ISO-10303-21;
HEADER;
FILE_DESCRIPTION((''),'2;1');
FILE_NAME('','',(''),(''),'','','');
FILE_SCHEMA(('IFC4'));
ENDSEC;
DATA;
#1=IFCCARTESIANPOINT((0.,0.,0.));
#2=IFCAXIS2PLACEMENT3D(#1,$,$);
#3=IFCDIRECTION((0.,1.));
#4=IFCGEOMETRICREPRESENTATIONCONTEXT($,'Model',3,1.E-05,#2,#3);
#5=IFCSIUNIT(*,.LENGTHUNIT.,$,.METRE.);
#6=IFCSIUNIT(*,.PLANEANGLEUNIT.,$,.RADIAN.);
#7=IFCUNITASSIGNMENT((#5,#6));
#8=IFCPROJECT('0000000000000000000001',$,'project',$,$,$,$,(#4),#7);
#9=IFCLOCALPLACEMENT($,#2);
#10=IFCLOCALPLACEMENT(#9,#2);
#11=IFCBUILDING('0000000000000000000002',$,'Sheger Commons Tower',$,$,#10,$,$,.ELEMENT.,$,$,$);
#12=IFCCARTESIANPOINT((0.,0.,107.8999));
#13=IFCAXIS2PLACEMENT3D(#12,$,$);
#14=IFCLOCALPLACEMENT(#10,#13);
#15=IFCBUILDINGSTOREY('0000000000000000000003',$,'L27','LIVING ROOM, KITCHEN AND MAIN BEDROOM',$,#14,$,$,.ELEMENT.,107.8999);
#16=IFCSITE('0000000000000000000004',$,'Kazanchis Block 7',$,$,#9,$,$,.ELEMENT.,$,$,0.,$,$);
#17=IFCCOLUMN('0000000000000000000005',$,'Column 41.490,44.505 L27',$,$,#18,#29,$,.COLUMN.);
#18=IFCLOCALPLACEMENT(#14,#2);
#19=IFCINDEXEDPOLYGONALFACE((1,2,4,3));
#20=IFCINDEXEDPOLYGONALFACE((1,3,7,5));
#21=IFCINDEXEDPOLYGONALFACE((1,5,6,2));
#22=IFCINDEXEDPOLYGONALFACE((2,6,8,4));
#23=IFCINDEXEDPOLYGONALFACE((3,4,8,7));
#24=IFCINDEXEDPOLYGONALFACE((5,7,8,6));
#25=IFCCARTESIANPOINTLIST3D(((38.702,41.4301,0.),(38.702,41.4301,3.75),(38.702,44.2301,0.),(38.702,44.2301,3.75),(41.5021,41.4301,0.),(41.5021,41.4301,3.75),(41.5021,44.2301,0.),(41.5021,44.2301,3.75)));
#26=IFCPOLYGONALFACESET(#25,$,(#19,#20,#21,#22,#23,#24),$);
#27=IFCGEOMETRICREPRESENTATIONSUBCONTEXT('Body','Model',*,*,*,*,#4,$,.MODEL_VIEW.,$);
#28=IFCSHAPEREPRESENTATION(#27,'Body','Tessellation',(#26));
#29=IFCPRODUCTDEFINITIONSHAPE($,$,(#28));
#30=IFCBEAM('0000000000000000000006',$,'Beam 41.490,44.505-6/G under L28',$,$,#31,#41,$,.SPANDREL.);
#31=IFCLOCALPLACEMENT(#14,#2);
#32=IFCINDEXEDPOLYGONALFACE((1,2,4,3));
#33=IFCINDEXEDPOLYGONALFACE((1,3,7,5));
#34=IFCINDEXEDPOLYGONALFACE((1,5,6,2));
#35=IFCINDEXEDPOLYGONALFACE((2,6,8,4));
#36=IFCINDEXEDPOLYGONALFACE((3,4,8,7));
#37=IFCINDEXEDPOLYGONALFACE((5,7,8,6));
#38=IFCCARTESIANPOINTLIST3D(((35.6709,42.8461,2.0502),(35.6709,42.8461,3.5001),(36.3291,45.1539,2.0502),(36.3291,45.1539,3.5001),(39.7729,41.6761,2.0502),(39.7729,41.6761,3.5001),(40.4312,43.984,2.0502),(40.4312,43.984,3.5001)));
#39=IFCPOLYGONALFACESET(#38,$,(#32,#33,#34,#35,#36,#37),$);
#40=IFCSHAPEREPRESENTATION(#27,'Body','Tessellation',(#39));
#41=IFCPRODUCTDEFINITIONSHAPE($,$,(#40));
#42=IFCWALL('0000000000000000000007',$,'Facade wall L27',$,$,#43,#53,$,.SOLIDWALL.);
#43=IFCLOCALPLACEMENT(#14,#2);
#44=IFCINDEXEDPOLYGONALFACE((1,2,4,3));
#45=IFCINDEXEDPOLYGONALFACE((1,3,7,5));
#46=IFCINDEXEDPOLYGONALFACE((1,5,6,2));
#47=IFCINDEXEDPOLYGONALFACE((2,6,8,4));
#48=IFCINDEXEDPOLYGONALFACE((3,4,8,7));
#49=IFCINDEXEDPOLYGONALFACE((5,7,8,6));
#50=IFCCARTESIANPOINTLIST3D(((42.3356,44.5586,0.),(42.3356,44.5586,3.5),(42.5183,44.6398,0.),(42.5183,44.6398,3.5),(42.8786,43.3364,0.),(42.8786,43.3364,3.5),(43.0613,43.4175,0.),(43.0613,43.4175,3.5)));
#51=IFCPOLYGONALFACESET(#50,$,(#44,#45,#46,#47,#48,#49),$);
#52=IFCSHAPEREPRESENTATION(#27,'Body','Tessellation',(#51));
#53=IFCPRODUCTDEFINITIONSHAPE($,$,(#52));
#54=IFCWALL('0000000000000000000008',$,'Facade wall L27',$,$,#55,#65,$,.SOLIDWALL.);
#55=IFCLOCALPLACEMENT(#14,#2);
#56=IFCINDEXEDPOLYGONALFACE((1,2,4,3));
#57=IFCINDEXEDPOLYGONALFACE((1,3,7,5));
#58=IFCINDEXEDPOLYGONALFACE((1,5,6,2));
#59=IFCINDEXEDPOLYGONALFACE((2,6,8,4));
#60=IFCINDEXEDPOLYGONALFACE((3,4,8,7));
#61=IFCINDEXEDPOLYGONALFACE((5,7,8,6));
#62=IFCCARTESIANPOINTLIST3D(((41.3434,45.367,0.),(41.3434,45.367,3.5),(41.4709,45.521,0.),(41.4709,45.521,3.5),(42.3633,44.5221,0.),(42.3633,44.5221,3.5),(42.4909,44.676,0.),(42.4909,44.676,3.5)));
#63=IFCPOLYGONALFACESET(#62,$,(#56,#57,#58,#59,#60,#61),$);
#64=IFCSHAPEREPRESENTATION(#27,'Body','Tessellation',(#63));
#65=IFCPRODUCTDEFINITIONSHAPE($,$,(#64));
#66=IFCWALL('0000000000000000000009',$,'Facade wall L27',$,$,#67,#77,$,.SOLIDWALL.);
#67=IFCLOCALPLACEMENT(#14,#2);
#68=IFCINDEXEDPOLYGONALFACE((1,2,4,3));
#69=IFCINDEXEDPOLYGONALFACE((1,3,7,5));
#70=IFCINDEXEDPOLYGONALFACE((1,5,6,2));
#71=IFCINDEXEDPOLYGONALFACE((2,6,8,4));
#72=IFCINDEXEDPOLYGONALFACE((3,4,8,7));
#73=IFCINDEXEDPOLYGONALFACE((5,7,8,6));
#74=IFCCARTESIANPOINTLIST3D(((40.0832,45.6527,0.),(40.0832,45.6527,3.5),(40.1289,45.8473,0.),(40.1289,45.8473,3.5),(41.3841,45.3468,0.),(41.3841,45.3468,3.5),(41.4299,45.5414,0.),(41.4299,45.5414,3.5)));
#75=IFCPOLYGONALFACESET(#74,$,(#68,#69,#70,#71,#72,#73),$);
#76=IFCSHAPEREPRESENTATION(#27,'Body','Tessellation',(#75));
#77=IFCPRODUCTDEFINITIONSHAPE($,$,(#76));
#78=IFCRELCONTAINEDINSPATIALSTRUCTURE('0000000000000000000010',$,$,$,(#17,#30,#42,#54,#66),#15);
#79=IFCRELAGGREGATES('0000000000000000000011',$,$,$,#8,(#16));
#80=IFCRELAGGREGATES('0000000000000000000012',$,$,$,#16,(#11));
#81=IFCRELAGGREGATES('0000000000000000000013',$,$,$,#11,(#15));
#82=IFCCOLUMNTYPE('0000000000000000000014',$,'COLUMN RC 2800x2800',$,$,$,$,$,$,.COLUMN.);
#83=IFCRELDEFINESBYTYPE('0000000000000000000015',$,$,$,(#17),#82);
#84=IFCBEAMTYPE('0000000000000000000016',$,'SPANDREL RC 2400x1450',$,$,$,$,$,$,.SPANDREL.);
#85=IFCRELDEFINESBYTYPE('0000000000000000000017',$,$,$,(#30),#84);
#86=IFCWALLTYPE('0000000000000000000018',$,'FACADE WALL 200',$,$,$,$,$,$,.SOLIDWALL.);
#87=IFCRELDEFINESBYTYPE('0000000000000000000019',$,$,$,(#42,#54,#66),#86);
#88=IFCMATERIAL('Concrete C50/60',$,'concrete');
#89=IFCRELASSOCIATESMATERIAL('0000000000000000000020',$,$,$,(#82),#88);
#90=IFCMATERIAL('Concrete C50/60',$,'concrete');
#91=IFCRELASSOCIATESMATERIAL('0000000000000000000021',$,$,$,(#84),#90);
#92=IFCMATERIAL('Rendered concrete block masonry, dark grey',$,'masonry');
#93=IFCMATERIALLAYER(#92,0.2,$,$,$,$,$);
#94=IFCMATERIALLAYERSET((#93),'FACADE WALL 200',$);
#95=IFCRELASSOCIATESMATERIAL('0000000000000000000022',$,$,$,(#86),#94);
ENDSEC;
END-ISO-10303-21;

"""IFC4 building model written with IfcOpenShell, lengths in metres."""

from ifc_helpers import new_model, si_unit, direction, frame, frame_2d, origin, origin_2d, place, context, subcontext, project, spatial, rectangle, extrude, material, layer, layer_set, material_profile, profile_set, type_object, element, save


model = new_model("IFC4")

# Units and contexts
model_context = context("Model", 3, precision=1e-05, world=origin(), true_north=direction((0.0, 1.0)))
body_context = subcontext(model_context, "Body", "Model", "MODEL_VIEW")
ifc_project = project(units=[si_unit("LENGTHUNIT", "METRE"), si_unit("PLANEANGLEUNIT", "RADIAN")], contexts=[model_context])

# Site, building, storey
site_placement = place(None, origin())
site = spatial("IfcSite", under=ifc_project, at=site_placement, Name="Kazanchis Block 7", CompositionType="ELEMENT", RefElevation=0.0)
building_placement = place(site_placement, origin())
building = spatial("IfcBuilding", under=site, at=building_placement, Name="Sheger Commons Tower", CompositionType="ELEMENT")
storey_placement = place(building_placement, frame((0.0, 0.0, 107.8999)))
storey = spatial("IfcBuildingStorey", under=building, at=storey_placement, Name="L27", Description="LIVING ROOM, KITCHEN AND MAIN BEDROOM", CompositionType="ELEMENT", Elevation=107.8999)

# Column
ifc_material_1 = material(Name="Concrete C50/60", Category="concrete")
ifc_material_profile_1 = material_profile(ifc_material_1, rectangle(XDim=2.8, YDim=2.8, at=origin_2d()), Name="RC 2800x2800")
ifc_profile_set_1 = profile_set([ifc_material_profile_1], Name="Concrete C50/60")
column_type = type_object("IfcColumnType", Name="COLUMN RC 2800x2800", PredefinedType="COLUMN", material=ifc_profile_set_1)
column_placement = place(storey_placement, frame((40.1021, 42.8301, 0.0), z_axis=(0.0, 0.0, 1.0), x_axis=(1.0, 0.0, 0.0)))
element("IfcColumn", 1, at=column_placement, inside=storey, type_object=column_type, Name="Column 41.490,44.505 L27", PredefinedType="COLUMN", context=body_context, shape_type="SweptSolid", body=[
    extrude(rectangle(XDim=2.8, YDim=2.8, at=origin_2d()), origin(), (0.0, 0.0, 1.0), 3.75),
])

# Beam
ifc_material_2 = material(Name="Concrete C50/60", Category="concrete")
ifc_material_profile_2 = material_profile(ifc_material_2, rectangle(XDim=2.3999, YDim=1.45, at=origin_2d()), Name="RC 2400x1450")
ifc_profile_set_2 = profile_set([ifc_material_profile_2], Name="Concrete C50/60")
beam_type = type_object("IfcBeamType", Name="SPANDREL RC 2400x1450", PredefinedType="SPANDREL", material=ifc_profile_set_2)
beam_placement = place(storey_placement, frame((40.1021, 42.8301, 2.7751), z_axis=(-0.961653, 0.274268, 0.0), x_axis=(-0.274268, -0.961653, 0.0)))
element("IfcBeam", 2, at=beam_placement, inside=storey, type_object=beam_type, Name="Beam 41.490,44.505-6/G under L28", PredefinedType="SPANDREL", context=body_context, shape_type="SweptSolid", body=[
    extrude(rectangle(XDim=2.3999, YDim=1.45, at=origin_2d()), origin(), (0.0, 0.0, 1.0), 4.2656),
])

# Walls
ifc_material_3 = material(Name="Rendered concrete block masonry, dark grey", Category="masonry")
ifc_layer_1 = layer(ifc_material_3, 0.2)
ifc_layer_set_1 = layer_set([ifc_layer_1], Name="FACADE WALL 200")
wall_type_1 = type_object("IfcWallType", Name="FACADE WALL 200", PredefinedType="SOLIDWALL", material=ifc_layer_set_1)
wall_1_placement = place(storey_placement, frame((42.97, 43.377, 0.0), z_axis=(0.0, 0.0, 1.0), x_axis=(-0.406003, 0.913872, 0.0)))
element("IfcWall", 3, at=wall_1_placement, inside=storey, type_object=wall_type_1, Name="Facade wall L27", PredefinedType="SOLIDWALL", context=body_context, shape_type="SweptSolid", body=[
    extrude(rectangle(XDim=1.3374, YDim=0.2, at=frame_2d((0.6687, 0.0))), origin(), (0.0, 0.0, 1.0), 3.5),
])
wall_2_placement = place(storey_placement, frame((42.427, 44.5991, 0.0), z_axis=(0.0, 0.0, 1.0), x_axis=(-0.770091, 0.637934, 0.0)))
element("IfcWall", 4, at=wall_2_placement, inside=storey, type_object=wall_type_1, Name="Facade wall L27", PredefinedType="SOLIDWALL", context=body_context, shape_type="SweptSolid", body=[
    extrude(rectangle(XDim=1.3245, YDim=0.2, at=frame_2d((0.6621, 0.0))), origin(), (0.0, 0.0, 1.0), 3.5),
])
wall_3_placement = place(storey_placement, frame((41.407, 45.4441, 0.0), z_axis=(0.0, 0.0, 1.0), x_axis=(-0.973453, 0.228887, 0.0)))
element("IfcWall", 5, at=wall_3_placement, inside=storey, type_object=wall_type_1, Name="Facade wall L27", PredefinedType="SOLIDWALL", context=body_context, shape_type="SweptSolid", body=[
    extrude(rectangle(XDim=1.3364, YDim=0.2, at=frame_2d((0.6682, 0.0))), origin(), (0.0, 0.0, 1.0), 3.5),
])

save(model, "model.ifc")
